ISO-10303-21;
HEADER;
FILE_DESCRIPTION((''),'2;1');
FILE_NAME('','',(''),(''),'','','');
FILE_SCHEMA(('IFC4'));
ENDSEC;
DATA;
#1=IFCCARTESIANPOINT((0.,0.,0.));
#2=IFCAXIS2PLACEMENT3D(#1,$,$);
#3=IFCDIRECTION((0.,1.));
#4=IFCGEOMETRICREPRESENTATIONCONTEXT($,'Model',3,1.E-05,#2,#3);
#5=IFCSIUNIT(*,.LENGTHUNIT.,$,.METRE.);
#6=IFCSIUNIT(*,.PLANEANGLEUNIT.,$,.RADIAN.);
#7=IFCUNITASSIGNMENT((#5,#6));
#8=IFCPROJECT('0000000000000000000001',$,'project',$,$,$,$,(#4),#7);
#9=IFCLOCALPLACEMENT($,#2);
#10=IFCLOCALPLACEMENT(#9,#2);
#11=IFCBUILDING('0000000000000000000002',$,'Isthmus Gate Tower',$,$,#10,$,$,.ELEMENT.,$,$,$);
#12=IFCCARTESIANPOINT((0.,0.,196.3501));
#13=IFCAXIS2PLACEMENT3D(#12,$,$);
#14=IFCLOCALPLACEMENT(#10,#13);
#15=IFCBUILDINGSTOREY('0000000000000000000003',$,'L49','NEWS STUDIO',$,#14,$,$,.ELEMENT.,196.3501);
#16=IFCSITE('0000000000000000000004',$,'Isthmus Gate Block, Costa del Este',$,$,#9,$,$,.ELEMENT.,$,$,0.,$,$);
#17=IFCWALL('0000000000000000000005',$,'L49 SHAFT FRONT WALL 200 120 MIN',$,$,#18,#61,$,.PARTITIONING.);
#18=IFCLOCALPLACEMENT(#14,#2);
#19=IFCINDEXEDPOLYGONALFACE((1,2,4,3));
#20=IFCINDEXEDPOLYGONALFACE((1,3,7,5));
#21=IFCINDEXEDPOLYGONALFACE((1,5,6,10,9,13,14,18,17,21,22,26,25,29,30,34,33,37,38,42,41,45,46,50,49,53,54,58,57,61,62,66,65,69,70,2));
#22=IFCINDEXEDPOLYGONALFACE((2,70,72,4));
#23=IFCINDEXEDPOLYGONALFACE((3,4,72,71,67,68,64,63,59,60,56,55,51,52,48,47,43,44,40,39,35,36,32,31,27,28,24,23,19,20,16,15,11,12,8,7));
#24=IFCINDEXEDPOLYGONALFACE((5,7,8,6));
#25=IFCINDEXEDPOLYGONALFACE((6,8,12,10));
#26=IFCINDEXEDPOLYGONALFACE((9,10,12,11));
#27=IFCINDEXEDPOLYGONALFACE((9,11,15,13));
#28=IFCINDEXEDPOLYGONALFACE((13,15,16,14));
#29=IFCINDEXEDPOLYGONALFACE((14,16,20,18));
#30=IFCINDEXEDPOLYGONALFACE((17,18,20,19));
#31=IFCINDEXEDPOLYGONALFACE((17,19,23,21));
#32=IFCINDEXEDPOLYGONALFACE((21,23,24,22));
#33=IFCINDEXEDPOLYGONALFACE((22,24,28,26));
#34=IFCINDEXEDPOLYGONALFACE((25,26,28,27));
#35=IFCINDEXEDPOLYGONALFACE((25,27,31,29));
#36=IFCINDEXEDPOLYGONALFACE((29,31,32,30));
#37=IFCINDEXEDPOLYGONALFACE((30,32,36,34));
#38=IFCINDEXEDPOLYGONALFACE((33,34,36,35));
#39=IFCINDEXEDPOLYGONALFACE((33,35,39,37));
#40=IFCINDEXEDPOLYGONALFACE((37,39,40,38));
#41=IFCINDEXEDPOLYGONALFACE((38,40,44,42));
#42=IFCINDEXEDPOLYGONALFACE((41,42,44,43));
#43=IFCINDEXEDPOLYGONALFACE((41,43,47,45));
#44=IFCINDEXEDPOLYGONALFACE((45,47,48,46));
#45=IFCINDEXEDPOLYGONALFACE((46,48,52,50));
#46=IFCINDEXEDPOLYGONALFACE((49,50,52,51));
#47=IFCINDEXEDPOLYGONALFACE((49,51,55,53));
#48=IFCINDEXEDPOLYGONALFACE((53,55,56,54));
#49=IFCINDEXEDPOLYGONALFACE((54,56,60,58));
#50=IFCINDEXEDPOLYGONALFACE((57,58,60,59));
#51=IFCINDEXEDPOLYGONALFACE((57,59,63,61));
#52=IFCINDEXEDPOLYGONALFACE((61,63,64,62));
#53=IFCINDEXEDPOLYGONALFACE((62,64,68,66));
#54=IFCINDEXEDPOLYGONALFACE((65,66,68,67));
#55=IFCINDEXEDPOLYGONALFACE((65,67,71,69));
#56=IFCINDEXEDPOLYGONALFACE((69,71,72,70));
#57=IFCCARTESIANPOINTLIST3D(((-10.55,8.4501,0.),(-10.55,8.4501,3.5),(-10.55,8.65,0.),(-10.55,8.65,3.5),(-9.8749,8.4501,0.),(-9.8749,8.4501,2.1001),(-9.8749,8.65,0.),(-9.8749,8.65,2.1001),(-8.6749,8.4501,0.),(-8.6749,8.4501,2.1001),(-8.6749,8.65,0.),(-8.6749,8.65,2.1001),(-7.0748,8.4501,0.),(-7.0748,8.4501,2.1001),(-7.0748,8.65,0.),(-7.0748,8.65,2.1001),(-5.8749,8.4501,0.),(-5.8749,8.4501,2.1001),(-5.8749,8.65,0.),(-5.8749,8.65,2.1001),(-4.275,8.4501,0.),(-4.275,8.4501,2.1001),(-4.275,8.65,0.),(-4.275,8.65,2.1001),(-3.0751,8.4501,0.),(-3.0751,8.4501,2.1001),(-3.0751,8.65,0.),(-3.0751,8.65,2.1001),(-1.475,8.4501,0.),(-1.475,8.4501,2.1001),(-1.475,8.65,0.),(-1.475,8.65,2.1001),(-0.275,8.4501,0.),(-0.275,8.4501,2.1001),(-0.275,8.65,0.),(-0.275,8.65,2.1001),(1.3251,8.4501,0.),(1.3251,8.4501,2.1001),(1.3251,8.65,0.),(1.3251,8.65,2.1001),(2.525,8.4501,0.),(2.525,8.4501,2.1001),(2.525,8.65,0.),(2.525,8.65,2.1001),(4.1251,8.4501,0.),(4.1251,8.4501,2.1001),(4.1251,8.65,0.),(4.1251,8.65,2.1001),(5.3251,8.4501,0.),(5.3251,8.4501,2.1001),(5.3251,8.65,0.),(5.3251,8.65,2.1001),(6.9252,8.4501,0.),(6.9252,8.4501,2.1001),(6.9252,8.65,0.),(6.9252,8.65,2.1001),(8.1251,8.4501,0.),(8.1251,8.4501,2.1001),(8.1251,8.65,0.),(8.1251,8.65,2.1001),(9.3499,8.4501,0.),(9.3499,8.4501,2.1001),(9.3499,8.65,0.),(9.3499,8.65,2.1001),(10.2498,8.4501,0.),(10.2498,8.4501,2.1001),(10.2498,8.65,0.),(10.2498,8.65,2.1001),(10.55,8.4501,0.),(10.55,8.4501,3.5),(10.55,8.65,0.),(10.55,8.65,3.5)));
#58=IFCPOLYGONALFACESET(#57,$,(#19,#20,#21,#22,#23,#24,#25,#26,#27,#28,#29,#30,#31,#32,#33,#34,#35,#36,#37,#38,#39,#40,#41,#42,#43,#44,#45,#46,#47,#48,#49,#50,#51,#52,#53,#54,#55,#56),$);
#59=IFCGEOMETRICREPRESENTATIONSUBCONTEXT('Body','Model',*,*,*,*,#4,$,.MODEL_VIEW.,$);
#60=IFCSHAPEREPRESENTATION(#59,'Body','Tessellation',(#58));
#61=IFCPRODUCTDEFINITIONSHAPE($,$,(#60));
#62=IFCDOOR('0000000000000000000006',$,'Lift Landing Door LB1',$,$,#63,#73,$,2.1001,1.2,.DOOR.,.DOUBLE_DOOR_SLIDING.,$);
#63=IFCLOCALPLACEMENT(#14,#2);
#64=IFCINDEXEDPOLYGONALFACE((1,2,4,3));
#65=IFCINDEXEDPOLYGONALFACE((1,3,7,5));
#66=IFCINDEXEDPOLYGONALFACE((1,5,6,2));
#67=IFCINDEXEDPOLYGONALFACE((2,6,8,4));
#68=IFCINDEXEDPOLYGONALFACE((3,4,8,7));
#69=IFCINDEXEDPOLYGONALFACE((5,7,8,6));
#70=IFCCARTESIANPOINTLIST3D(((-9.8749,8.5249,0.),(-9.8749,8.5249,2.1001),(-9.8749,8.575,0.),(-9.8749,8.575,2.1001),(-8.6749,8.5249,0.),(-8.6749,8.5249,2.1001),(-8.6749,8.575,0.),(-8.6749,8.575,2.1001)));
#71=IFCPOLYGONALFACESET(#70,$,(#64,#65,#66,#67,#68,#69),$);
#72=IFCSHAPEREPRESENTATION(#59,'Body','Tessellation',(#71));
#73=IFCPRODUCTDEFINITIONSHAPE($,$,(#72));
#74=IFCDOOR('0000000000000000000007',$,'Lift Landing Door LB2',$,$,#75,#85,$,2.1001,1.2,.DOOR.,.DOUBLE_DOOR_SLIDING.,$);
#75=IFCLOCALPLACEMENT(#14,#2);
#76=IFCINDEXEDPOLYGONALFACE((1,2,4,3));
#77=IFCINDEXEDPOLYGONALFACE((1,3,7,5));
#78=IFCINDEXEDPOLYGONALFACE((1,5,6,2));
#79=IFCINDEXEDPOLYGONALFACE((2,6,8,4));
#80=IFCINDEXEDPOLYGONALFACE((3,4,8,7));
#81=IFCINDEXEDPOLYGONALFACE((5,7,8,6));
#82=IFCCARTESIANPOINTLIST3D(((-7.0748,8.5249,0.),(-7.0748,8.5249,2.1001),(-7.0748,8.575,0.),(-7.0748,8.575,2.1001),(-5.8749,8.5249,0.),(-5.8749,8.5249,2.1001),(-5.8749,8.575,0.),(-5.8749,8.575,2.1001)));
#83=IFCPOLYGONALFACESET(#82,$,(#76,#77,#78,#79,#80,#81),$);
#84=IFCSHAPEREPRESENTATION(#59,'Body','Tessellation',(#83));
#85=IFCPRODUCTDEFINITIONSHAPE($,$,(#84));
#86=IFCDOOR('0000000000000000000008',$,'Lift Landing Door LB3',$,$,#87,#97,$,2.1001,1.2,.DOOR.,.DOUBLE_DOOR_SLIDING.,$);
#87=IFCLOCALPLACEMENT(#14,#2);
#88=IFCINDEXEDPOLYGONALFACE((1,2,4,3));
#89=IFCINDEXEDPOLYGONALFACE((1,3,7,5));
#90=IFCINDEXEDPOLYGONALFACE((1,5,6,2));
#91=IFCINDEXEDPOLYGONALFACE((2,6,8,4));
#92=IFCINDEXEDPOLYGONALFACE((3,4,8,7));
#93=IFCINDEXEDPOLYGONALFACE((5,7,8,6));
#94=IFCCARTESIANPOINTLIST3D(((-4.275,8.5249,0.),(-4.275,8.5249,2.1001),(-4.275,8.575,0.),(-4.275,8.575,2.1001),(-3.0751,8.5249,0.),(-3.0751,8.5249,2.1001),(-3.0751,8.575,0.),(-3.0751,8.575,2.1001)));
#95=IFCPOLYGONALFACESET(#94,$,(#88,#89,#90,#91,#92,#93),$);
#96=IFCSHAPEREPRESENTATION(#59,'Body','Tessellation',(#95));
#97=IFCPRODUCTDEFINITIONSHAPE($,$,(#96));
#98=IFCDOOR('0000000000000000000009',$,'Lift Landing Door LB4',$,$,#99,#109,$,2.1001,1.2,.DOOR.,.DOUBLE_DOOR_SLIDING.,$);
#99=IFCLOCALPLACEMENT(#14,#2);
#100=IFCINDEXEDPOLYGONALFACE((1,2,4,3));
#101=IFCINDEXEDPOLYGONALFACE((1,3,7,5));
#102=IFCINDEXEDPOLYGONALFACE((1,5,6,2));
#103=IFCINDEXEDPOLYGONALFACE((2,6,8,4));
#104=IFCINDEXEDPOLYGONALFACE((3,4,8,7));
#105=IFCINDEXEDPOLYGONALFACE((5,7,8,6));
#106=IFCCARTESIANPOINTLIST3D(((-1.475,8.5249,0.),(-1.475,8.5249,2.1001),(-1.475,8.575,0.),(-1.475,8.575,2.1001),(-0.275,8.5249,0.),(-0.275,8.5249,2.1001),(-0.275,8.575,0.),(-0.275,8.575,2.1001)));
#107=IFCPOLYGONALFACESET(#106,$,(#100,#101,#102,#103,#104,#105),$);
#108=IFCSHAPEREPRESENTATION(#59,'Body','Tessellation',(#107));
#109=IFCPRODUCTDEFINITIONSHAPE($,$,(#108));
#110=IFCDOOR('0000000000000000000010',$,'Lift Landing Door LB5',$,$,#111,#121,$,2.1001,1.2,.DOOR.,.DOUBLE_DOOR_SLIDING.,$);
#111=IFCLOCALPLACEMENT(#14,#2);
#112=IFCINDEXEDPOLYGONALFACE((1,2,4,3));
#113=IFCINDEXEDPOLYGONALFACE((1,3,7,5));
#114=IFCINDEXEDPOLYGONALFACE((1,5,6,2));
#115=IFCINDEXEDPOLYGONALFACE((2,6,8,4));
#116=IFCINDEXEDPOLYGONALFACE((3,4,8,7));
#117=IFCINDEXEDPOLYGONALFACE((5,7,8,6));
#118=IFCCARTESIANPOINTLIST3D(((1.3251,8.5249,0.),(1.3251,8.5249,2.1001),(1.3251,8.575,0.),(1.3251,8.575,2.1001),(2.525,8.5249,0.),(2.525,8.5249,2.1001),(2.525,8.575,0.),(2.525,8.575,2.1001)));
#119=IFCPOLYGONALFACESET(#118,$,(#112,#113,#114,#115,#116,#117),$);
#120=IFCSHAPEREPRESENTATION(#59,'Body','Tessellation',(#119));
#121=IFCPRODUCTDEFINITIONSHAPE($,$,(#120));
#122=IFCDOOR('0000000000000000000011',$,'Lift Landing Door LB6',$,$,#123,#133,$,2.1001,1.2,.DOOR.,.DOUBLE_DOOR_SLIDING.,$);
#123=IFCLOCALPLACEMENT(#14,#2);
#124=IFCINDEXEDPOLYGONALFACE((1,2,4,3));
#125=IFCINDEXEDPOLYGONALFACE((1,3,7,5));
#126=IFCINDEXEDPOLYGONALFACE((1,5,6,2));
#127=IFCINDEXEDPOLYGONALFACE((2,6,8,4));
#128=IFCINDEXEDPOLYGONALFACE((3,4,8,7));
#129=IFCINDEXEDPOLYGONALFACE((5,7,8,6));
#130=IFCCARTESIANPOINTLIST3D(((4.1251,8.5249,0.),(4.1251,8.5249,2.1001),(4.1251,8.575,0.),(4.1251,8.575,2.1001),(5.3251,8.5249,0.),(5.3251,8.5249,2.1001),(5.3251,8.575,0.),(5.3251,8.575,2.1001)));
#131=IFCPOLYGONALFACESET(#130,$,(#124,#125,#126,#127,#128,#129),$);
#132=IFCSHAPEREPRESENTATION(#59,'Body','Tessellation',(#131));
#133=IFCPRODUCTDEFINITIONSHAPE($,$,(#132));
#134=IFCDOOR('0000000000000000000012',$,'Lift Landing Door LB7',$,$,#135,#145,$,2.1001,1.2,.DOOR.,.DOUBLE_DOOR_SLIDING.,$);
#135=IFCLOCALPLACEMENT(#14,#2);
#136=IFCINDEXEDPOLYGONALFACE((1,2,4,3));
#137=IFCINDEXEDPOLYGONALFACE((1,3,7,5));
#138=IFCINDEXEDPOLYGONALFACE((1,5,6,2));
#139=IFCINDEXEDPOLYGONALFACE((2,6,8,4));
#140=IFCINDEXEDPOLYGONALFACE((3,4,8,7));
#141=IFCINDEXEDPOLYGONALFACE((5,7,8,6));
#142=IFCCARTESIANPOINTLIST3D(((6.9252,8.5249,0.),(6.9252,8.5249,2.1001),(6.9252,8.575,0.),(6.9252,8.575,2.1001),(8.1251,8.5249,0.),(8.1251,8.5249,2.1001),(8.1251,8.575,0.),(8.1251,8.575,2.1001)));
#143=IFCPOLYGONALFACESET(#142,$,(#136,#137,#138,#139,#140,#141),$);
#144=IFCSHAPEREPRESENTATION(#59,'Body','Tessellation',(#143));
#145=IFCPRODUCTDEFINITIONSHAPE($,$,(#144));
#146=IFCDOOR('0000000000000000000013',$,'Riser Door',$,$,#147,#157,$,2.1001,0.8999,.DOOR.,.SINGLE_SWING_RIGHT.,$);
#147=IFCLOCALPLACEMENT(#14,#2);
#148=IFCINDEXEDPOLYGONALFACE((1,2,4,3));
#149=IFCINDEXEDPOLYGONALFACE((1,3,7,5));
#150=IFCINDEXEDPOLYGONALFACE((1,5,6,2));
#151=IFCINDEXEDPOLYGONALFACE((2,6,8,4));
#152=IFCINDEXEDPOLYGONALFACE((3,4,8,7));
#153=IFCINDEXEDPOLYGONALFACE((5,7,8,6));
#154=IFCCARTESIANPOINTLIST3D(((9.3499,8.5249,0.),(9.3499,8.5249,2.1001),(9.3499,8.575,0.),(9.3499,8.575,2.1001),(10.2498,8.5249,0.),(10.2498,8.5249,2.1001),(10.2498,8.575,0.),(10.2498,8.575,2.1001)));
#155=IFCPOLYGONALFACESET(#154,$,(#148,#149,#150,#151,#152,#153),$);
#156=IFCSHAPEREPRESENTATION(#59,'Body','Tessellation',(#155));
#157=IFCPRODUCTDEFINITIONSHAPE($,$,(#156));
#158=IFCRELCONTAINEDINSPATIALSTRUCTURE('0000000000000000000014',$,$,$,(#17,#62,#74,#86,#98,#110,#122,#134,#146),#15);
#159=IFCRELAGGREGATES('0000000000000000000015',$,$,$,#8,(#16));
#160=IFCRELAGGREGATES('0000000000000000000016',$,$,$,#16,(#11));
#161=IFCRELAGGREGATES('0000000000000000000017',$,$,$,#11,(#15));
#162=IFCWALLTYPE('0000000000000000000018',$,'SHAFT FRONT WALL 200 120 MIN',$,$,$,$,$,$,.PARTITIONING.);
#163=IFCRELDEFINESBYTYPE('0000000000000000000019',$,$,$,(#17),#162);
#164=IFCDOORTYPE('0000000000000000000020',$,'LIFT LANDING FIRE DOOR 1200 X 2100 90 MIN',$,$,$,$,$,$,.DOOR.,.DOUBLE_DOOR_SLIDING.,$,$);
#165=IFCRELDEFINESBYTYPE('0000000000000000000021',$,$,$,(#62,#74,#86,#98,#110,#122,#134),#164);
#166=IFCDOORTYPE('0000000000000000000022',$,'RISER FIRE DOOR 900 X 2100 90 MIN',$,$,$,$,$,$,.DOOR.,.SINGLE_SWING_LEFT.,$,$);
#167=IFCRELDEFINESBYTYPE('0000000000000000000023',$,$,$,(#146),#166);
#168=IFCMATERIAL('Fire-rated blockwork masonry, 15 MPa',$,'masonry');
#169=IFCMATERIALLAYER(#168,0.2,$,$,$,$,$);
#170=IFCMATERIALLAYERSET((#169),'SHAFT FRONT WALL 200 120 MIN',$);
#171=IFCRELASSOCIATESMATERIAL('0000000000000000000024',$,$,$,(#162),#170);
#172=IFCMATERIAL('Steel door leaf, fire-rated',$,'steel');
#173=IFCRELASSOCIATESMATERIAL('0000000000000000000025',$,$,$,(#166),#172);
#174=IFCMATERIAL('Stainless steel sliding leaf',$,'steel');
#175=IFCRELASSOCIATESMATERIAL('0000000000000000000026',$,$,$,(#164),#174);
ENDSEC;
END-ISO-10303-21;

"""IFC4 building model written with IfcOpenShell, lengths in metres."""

from ifc_helpers import new_model, si_unit, direction, frame, frame_2d, origin, place, context, subcontext, project, spatial, rectangle, extrude, material, layer, layer_set, type_object, element, fill, save


model = new_model("IFC4")

# Units and contexts
model_context = context("Model", 3, precision=1e-05, world=origin(), true_north=direction((0.0, 1.0)))
body_context = subcontext(model_context, "Body", "Model", "MODEL_VIEW")
ifc_project = project(units=[si_unit("LENGTHUNIT", "METRE"), si_unit("PLANEANGLEUNIT", "RADIAN")], contexts=[model_context])

# Site, building, storey
site_placement = place(None, origin())
site = spatial("IfcSite", under=ifc_project, at=site_placement, Name="Isthmus Gate Block, Costa del Este", CompositionType="ELEMENT", RefElevation=0.0)
building_placement = place(site_placement, origin())
building = spatial("IfcBuilding", under=site, at=building_placement, Name="Isthmus Gate Tower", CompositionType="ELEMENT")
storey_placement = place(building_placement, frame((0.0, 0.0, 196.3501)))
storey = spatial("IfcBuildingStorey", under=building, at=storey_placement, Name="L49", Description="NEWS STUDIO", CompositionType="ELEMENT", Elevation=196.3501)

# Wall, openings, doors
ifc_material_1 = material(Name="Fire-rated blockwork masonry, 15 MPa", Category="masonry")
ifc_layer_1 = layer(ifc_material_1, 0.2)
ifc_layer_set_1 = layer_set([ifc_layer_1], Name="SHAFT FRONT WALL 200 120 MIN")
wall_type_1 = type_object("IfcWallType", Name="SHAFT FRONT WALL 200 120 MIN", PredefinedType="PARTITIONING", material=ifc_layer_set_1)
ifc_material_2 = material(Name="Steel door leaf, fire-rated", Category="steel")
door_type_1 = type_object("IfcDoorType", Name="RISER FIRE DOOR 900 X 2100 90 MIN", OperationType="SINGLE_SWING_LEFT", PredefinedType="DOOR", material=ifc_material_2)
wall_1_placement = place(storey_placement, frame((-10.55, 8.55, 0.0), z_axis=(0.0, 0.0, 1.0), x_axis=(1.0, 0.0, 0.0)))
wall_1 = element("IfcWall", 1, at=wall_1_placement, inside=storey, type_object=wall_type_1, Name="L49 SHAFT FRONT WALL 200 120 MIN", PredefinedType="PARTITIONING", context=body_context, shape_type="SweptSolid", body=[
    extrude(rectangle(XDim=21.1001, YDim=0.2, at=frame_2d((10.55, 0.0))), origin(), (0.0, 0.0, 1.0), 3.5),
])
opening_1_placement = place(wall_1_placement, frame((0.675, 0.0, 0.0)))
opening_1 = element("IfcOpeningElement", 2, at=opening_1_placement, cuts=wall_1, PredefinedType="OPENING", context=body_context, shape_type="SweptSolid", body=[
    extrude(rectangle(XDim=1.2, YDim=2.1001, at=frame_2d((0.6001, 1.05))), frame((0.0, 0.1099, 0.0), z_axis=(0.0, -1.0, 0.0), x_axis=(1.0, 0.0, 0.0)), (0.0, 0.0, 1.0), 0.22),
])
opening_2_placement = place(wall_1_placement, frame((3.4751, 0.0, 0.0)))
opening_2 = element("IfcOpeningElement", 3, at=opening_2_placement, cuts=wall_1, PredefinedType="OPENING", context=body_context, shape_type="SweptSolid", body=[
    extrude(rectangle(XDim=1.2, YDim=2.1001, at=frame_2d((0.6001, 1.05))), frame((0.0, 0.1099, 0.0), z_axis=(0.0, -1.0, 0.0), x_axis=(1.0, 0.0, 0.0)), (0.0, 0.0, 1.0), 0.22),
])
opening_3_placement = place(wall_1_placement, frame((6.2749, 0.0, 0.0)))
opening_3 = element("IfcOpeningElement", 4, at=opening_3_placement, cuts=wall_1, PredefinedType="OPENING", context=body_context, shape_type="SweptSolid", body=[
    extrude(rectangle(XDim=1.2, YDim=2.1001, at=frame_2d((0.6001, 1.05))), frame((0.0, 0.1099, 0.0), z_axis=(0.0, -1.0, 0.0), x_axis=(1.0, 0.0, 0.0)), (0.0, 0.0, 1.0), 0.22),
])
opening_4_placement = place(wall_1_placement, frame((9.075, 0.0, 0.0)))
opening_4 = element("IfcOpeningElement", 5, at=opening_4_placement, cuts=wall_1, PredefinedType="OPENING", context=body_context, shape_type="SweptSolid", body=[
    extrude(rectangle(XDim=1.2, YDim=2.1001, at=frame_2d((0.6001, 1.05))), frame((0.0, 0.1099, 0.0), z_axis=(0.0, -1.0, 0.0), x_axis=(1.0, 0.0, 0.0)), (0.0, 0.0, 1.0), 0.22),
])
opening_5_placement = place(wall_1_placement, frame((11.875, 0.0, 0.0)))
opening_5 = element("IfcOpeningElement", 6, at=opening_5_placement, cuts=wall_1, PredefinedType="OPENING", context=body_context, shape_type="SweptSolid", body=[
    extrude(rectangle(XDim=1.2, YDim=2.1001, at=frame_2d((0.6001, 1.05))), frame((0.0, 0.1099, 0.0), z_axis=(0.0, -1.0, 0.0), x_axis=(1.0, 0.0, 0.0)), (0.0, 0.0, 1.0), 0.22),
])
opening_6_placement = place(wall_1_placement, frame((14.675, 0.0, 0.0)))
opening_6 = element("IfcOpeningElement", 7, at=opening_6_placement, cuts=wall_1, PredefinedType="OPENING", context=body_context, shape_type="SweptSolid", body=[
    extrude(rectangle(XDim=1.2, YDim=2.1001, at=frame_2d((0.6001, 1.05))), frame((0.0, 0.1099, 0.0), z_axis=(0.0, -1.0, 0.0), x_axis=(1.0, 0.0, 0.0)), (0.0, 0.0, 1.0), 0.22),
])
opening_7_placement = place(wall_1_placement, frame((17.4751, 0.0, 0.0)))
opening_7 = element("IfcOpeningElement", 8, at=opening_7_placement, cuts=wall_1, PredefinedType="OPENING", context=body_context, shape_type="SweptSolid", body=[
    extrude(rectangle(XDim=1.2, YDim=2.1001, at=frame_2d((0.6001, 1.05))), frame((0.0, 0.1099, 0.0), z_axis=(0.0, -1.0, 0.0), x_axis=(1.0, 0.0, 0.0)), (0.0, 0.0, 1.0), 0.22),
])
opening_8_placement = place(wall_1_placement, frame((19.8999, 0.0, 0.0)))
opening_8 = element("IfcOpeningElement", 9, at=opening_8_placement, cuts=wall_1, PredefinedType="OPENING", context=body_context, shape_type="SweptSolid", body=[
    extrude(rectangle(XDim=0.8999, YDim=2.1001, at=frame_2d((0.45, 1.05))), frame((0.0, 0.1099, 0.0), z_axis=(0.0, -1.0, 0.0), x_axis=(1.0, 0.0, 0.0)), (0.0, 0.0, 1.0), 0.22),
])
ifc_material_3 = material(Name="Stainless steel sliding leaf", Category="steel")
door_type_2 = type_object("IfcDoorType", Name="LIFT LANDING FIRE DOOR 1200 X 2100 90 MIN", OperationType="DOUBLE_DOOR_SLIDING", PredefinedType="DOOR", material=ifc_material_3)
door_1_placement = place(opening_1_placement, origin())
door_1 = element("IfcDoor", 10, at=door_1_placement, inside=storey, type_object=door_type_2, Name="Lift Landing Door LB1", OperationType="DOUBLE_DOOR_SLIDING", OverallHeight=2.1001, OverallWidth=1.2, PredefinedType="DOOR", context=body_context, shape_type="SweptSolid", body=[
    extrude(rectangle(XDim=1.2, YDim=2.1001, at=frame_2d((0.6001, 1.05))), frame((0.0, 0.0249, 0.0), z_axis=(0.0, -1.0, 0.0), x_axis=(1.0, 0.0, 0.0)), (0.0, 0.0, 1.0), 0.05),
])
fill(opening_1, door_1)
door_2_placement = place(opening_2_placement, origin())
door_2 = element("IfcDoor", 11, at=door_2_placement, inside=storey, type_object=door_type_2, Name="Lift Landing Door LB2", OperationType="DOUBLE_DOOR_SLIDING", OverallHeight=2.1001, OverallWidth=1.2, PredefinedType="DOOR", context=body_context, shape_type="SweptSolid", body=[
    extrude(rectangle(XDim=1.2, YDim=2.1001, at=frame_2d((0.6001, 1.05))), frame((0.0, 0.0249, 0.0), z_axis=(0.0, -1.0, 0.0), x_axis=(1.0, 0.0, 0.0)), (0.0, 0.0, 1.0), 0.05),
])
fill(opening_2, door_2)
door_3_placement = place(opening_3_placement, origin())
door_3 = element("IfcDoor", 12, at=door_3_placement, inside=storey, type_object=door_type_2, Name="Lift Landing Door LB3", OperationType="DOUBLE_DOOR_SLIDING", OverallHeight=2.1001, OverallWidth=1.2, PredefinedType="DOOR", context=body_context, shape_type="SweptSolid", body=[
    extrude(rectangle(XDim=1.2, YDim=2.1001, at=frame_2d((0.6001, 1.05))), frame((0.0, 0.0249, 0.0), z_axis=(0.0, -1.0, 0.0), x_axis=(1.0, 0.0, 0.0)), (0.0, 0.0, 1.0), 0.05),
])
fill(opening_3, door_3)
door_4_placement = place(opening_4_placement, origin())
door_4 = element("IfcDoor", 13, at=door_4_placement, inside=storey, type_object=door_type_2, Name="Lift Landing Door LB4", OperationType="DOUBLE_DOOR_SLIDING", OverallHeight=2.1001, OverallWidth=1.2, PredefinedType="DOOR", context=body_context, shape_type="SweptSolid", body=[
    extrude(rectangle(XDim=1.2, YDim=2.1001, at=frame_2d((0.6001, 1.05))), frame((0.0, 0.0249, 0.0), z_axis=(0.0, -1.0, 0.0), x_axis=(1.0, 0.0, 0.0)), (0.0, 0.0, 1.0), 0.05),
])
fill(opening_4, door_4)
door_5_placement = place(opening_5_placement, origin())
door_5 = element("IfcDoor", 14, at=door_5_placement, inside=storey, type_object=door_type_2, Name="Lift Landing Door LB5", OperationType="DOUBLE_DOOR_SLIDING", OverallHeight=2.1001, OverallWidth=1.2, PredefinedType="DOOR", context=body_context, shape_type="SweptSolid", body=[
    extrude(rectangle(XDim=1.2, YDim=2.1001, at=frame_2d((0.6001, 1.05))), frame((0.0, 0.0249, 0.0), z_axis=(0.0, -1.0, 0.0), x_axis=(1.0, 0.0, 0.0)), (0.0, 0.0, 1.0), 0.05),
])
fill(opening_5, door_5)
door_6_placement = place(opening_6_placement, origin())
door_6 = element("IfcDoor", 15, at=door_6_placement, inside=storey, type_object=door_type_2, Name="Lift Landing Door LB6", OperationType="DOUBLE_DOOR_SLIDING", OverallHeight=2.1001, OverallWidth=1.2, PredefinedType="DOOR", context=body_context, shape_type="SweptSolid", body=[
    extrude(rectangle(XDim=1.2, YDim=2.1001, at=frame_2d((0.6001, 1.05))), frame((0.0, 0.0249, 0.0), z_axis=(0.0, -1.0, 0.0), x_axis=(1.0, 0.0, 0.0)), (0.0, 0.0, 1.0), 0.05),
])
fill(opening_6, door_6)
door_7_placement = place(opening_7_placement, origin())
door_7 = element("IfcDoor", 16, at=door_7_placement, inside=storey, type_object=door_type_2, Name="Lift Landing Door LB7", OperationType="DOUBLE_DOOR_SLIDING", OverallHeight=2.1001, OverallWidth=1.2, PredefinedType="DOOR", context=body_context, shape_type="SweptSolid", body=[
    extrude(rectangle(XDim=1.2, YDim=2.1001, at=frame_2d((0.6001, 1.05))), frame((0.0, 0.0249, 0.0), z_axis=(0.0, -1.0, 0.0), x_axis=(1.0, 0.0, 0.0)), (0.0, 0.0, 1.0), 0.05),
])
fill(opening_7, door_7)
door_8_placement = place(opening_8_placement, origin())
door_8 = element("IfcDoor", 17, at=door_8_placement, inside=storey, type_object=door_type_1, Name="Riser Door", OperationType="SINGLE_SWING_RIGHT", OverallHeight=2.1001, OverallWidth=0.8999, PredefinedType="DOOR", context=body_context, shape_type="SweptSolid", body=[
    extrude(rectangle(XDim=0.8999, YDim=2.1001, at=frame_2d((0.45, 1.05))), frame((0.0, 0.0249, 0.0), z_axis=(0.0, -1.0, 0.0), x_axis=(1.0, 0.0, 0.0)), (0.0, 0.0, 1.0), 0.05),
])
fill(opening_8, door_8)

save(model, "model.ifc")
